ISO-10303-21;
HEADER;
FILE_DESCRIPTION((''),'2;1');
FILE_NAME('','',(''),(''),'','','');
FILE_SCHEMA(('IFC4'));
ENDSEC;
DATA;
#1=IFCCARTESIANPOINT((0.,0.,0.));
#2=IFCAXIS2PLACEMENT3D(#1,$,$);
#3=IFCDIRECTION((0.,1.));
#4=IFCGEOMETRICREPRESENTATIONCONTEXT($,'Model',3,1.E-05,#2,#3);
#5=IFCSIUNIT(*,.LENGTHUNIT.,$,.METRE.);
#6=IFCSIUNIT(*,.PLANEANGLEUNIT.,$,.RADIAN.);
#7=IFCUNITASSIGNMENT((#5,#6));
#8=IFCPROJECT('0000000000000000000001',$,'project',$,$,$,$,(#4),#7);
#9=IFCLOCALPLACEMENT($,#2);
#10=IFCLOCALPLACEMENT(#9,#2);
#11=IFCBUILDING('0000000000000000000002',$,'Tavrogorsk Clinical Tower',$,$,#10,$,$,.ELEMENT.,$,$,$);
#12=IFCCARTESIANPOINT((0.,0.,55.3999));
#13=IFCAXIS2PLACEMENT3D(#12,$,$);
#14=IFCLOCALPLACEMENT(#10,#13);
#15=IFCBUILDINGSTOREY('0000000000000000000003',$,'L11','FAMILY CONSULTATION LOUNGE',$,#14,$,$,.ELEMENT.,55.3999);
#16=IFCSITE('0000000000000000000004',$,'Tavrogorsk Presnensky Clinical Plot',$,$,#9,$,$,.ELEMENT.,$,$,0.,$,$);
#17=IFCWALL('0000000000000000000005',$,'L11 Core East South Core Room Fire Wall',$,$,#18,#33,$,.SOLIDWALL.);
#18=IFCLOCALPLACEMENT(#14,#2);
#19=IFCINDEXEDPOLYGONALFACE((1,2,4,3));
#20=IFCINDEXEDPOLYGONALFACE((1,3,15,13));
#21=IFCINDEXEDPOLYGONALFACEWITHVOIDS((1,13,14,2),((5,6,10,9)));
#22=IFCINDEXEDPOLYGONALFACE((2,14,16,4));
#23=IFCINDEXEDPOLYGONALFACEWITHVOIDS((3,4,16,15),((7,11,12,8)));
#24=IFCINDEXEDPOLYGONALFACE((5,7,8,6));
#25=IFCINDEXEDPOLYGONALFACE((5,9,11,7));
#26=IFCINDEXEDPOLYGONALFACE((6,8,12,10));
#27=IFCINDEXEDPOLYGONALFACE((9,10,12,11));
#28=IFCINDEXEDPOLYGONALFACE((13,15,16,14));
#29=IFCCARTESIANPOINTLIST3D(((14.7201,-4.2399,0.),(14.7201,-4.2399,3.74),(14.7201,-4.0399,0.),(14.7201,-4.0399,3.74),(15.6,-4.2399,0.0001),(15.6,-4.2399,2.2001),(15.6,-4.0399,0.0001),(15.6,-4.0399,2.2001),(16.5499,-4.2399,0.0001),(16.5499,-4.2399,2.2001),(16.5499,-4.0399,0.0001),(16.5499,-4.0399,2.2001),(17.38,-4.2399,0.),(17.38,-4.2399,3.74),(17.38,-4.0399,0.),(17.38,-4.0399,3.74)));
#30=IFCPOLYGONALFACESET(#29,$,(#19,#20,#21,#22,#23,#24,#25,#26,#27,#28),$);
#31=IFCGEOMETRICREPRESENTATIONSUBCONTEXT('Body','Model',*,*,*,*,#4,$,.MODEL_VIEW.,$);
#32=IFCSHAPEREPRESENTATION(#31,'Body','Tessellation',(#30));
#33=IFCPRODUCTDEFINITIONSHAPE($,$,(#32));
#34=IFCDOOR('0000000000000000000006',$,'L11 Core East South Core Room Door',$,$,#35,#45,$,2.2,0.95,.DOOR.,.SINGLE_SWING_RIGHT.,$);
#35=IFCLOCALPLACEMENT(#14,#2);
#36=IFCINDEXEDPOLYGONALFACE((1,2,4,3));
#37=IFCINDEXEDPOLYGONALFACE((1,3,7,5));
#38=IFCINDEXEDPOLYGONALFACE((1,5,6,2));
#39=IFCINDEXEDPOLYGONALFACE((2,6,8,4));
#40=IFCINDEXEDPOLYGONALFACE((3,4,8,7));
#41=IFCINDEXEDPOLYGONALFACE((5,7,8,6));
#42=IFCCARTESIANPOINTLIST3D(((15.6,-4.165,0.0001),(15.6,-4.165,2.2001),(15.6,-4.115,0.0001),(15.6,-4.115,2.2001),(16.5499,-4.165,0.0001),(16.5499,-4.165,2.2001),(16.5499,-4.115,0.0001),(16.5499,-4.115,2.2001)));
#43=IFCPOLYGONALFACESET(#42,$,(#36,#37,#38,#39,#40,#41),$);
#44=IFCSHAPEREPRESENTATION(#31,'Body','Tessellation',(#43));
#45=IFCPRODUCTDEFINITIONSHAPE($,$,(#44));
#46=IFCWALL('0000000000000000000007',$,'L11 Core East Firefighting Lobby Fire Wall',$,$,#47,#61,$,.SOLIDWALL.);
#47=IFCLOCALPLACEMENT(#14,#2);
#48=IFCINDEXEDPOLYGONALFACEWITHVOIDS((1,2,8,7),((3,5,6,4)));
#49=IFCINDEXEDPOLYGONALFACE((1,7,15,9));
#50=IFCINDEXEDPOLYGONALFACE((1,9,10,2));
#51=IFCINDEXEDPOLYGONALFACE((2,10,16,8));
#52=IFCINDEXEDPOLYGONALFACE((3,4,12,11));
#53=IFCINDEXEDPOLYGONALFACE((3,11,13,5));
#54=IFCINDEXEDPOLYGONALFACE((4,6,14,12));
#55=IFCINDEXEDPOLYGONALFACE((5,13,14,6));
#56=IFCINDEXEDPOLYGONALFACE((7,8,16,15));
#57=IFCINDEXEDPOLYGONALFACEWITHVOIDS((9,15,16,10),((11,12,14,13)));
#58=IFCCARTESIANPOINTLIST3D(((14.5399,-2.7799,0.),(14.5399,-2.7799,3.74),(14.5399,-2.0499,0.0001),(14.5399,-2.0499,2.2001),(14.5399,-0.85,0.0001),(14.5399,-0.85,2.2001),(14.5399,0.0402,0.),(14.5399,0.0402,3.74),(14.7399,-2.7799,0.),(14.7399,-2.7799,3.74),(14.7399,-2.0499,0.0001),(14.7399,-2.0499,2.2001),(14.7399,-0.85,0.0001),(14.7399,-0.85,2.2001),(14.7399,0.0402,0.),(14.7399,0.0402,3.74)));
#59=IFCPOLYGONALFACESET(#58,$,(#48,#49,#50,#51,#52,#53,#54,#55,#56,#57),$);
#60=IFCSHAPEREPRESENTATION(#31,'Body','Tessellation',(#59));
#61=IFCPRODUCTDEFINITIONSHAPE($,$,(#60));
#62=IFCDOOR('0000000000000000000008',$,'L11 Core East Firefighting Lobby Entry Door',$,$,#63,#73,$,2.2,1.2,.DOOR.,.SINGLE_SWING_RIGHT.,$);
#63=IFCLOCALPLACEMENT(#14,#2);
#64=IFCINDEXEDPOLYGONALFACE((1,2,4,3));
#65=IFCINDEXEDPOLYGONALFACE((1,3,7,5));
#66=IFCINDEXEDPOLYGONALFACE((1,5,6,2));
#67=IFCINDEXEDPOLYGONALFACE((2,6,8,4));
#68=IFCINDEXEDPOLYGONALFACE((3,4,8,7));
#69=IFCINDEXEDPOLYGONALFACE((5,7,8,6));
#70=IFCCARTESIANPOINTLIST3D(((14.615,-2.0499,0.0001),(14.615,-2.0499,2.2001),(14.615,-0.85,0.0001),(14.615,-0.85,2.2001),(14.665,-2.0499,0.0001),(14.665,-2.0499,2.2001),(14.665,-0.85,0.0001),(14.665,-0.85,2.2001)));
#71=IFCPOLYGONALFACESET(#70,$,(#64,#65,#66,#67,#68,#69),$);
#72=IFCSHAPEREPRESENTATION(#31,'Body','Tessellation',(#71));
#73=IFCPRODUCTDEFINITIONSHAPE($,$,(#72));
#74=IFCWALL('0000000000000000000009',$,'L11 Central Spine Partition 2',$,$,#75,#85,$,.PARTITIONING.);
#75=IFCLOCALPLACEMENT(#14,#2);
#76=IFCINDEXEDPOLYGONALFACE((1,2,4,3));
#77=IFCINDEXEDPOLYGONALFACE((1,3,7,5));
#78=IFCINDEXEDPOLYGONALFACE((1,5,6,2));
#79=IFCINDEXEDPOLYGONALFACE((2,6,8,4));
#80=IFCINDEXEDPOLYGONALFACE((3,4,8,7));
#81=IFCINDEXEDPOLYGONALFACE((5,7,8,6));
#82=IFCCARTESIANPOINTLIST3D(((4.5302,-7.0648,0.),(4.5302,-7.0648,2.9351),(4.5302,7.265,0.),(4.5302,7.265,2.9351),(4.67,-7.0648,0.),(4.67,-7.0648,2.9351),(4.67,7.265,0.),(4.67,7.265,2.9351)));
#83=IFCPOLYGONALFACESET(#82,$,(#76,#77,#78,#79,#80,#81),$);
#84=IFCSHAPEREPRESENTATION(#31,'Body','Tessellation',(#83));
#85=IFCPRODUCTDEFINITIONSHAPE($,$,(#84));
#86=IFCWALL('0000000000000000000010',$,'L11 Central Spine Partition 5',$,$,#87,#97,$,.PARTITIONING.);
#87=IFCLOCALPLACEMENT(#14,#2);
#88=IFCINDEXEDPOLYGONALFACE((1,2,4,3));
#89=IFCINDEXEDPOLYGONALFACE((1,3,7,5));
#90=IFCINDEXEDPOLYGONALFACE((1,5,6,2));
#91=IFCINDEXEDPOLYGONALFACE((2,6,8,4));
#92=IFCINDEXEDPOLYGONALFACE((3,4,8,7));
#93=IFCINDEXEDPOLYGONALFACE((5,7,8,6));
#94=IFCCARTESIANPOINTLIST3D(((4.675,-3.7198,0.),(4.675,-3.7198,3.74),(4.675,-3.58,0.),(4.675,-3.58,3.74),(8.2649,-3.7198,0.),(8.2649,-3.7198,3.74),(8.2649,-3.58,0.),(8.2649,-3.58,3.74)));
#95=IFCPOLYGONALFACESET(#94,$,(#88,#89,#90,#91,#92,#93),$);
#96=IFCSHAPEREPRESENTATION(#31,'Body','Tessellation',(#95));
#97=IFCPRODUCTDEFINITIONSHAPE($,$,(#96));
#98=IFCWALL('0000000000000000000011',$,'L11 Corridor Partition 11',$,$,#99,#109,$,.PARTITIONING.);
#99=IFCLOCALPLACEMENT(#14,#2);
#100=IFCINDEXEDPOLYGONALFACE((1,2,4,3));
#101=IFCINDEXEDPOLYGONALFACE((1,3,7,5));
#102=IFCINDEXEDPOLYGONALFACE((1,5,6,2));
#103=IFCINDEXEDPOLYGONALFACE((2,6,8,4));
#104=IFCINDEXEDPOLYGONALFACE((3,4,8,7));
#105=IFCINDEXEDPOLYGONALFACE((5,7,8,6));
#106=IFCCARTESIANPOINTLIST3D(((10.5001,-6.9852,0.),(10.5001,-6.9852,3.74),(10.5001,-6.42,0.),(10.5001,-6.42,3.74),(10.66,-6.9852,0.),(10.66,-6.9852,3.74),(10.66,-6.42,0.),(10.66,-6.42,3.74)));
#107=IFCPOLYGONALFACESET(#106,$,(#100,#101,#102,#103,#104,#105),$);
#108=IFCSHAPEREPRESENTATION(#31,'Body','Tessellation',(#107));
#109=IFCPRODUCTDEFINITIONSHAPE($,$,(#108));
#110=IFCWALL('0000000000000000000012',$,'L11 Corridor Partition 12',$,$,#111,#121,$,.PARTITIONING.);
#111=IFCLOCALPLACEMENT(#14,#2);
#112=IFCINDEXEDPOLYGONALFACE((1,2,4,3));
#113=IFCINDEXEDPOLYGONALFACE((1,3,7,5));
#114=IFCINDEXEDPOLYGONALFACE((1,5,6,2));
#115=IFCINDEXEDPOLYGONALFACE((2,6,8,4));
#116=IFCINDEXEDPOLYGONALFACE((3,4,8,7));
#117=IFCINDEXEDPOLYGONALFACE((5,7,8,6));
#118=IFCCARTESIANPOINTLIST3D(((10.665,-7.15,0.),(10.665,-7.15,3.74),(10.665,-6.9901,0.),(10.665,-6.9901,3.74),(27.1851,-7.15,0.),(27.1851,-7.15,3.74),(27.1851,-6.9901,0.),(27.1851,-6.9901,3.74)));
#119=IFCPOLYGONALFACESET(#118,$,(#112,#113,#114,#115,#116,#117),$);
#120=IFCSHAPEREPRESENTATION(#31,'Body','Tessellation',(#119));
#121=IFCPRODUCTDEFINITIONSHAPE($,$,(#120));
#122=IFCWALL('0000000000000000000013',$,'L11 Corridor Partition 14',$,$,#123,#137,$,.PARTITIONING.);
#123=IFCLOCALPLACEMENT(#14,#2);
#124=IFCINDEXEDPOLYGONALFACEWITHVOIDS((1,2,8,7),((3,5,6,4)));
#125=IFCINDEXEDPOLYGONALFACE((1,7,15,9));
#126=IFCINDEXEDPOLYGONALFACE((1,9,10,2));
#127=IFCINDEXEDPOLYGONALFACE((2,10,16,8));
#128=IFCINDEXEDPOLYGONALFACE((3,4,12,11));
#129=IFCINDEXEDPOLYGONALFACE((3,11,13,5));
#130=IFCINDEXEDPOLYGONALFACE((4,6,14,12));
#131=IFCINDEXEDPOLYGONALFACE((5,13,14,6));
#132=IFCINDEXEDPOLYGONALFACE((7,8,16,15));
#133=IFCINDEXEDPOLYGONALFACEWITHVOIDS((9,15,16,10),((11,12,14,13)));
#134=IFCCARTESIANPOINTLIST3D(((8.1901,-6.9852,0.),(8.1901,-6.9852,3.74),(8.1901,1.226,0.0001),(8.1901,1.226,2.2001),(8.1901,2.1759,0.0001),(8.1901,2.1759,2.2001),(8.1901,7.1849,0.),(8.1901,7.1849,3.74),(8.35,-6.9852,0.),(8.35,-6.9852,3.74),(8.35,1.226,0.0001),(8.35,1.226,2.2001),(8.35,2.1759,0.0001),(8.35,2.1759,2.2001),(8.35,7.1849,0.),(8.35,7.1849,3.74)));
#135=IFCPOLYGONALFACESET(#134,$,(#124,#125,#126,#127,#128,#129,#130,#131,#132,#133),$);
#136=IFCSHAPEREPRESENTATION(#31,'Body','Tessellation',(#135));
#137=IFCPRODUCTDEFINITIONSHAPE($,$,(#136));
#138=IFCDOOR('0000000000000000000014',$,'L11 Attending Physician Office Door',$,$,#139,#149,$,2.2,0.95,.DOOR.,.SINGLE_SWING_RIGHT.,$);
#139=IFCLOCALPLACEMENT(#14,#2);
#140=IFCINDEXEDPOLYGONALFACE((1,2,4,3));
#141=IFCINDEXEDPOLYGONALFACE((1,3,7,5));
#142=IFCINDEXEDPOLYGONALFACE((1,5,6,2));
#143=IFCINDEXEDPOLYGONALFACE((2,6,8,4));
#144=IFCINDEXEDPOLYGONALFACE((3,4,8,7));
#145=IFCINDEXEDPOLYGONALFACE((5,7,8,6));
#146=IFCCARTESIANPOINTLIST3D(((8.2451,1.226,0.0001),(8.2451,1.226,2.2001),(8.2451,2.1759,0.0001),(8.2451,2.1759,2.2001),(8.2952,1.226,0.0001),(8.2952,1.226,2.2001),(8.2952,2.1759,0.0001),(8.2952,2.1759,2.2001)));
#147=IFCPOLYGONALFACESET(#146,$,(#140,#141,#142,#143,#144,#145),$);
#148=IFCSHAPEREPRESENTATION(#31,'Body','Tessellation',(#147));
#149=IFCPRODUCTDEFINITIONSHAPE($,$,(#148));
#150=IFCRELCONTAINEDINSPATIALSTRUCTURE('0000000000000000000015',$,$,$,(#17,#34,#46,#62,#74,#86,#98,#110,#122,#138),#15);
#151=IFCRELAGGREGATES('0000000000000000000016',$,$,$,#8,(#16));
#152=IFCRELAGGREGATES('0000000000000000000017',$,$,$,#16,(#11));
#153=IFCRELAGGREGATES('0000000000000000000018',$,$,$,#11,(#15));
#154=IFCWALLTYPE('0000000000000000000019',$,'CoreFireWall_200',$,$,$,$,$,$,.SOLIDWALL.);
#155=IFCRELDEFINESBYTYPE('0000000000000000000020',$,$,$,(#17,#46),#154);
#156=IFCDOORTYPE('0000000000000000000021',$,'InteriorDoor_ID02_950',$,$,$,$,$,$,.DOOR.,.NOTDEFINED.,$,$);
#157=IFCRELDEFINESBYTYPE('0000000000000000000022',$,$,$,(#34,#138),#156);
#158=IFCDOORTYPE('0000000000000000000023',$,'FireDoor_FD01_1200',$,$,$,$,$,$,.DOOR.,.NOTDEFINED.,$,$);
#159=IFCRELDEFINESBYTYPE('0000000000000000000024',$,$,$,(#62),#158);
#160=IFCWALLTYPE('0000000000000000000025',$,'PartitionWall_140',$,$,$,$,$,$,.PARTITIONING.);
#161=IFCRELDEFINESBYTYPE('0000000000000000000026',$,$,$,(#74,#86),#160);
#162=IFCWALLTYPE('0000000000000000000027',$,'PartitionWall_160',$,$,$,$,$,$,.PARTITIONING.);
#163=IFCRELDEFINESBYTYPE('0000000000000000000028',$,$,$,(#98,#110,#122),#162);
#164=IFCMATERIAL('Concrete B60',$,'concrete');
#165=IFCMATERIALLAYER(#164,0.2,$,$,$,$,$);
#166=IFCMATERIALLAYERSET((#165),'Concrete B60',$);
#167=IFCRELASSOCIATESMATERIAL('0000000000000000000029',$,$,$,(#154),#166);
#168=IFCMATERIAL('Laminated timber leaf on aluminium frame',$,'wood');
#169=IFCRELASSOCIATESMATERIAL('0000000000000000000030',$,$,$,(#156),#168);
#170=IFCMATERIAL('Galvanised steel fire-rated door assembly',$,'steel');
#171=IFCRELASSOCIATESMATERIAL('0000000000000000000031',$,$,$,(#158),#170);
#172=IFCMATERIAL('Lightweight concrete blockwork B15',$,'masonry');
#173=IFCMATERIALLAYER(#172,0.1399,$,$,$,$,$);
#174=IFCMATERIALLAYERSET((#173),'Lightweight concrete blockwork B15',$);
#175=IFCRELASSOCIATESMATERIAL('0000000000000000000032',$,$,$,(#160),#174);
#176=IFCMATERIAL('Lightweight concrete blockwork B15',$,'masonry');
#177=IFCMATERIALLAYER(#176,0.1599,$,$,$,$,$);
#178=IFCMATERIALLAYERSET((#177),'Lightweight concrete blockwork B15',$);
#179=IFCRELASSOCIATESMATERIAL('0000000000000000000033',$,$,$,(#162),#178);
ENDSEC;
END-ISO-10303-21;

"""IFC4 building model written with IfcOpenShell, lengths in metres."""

from ifc_helpers import new_model, si_unit, direction, frame, frame_2d, origin, place, context, subcontext, project, spatial, rectangle, extrude, material, layer, layer_set, type_object, element, fill, save


model = new_model("IFC4")

# Units and contexts
model_context = context("Model", 3, precision=1e-05, world=origin(), true_north=direction((0.0, 1.0)))
body_context = subcontext(model_context, "Body", "Model", "MODEL_VIEW")
ifc_project = project(units=[si_unit("LENGTHUNIT", "METRE"), si_unit("PLANEANGLEUNIT", "RADIAN")], contexts=[model_context])

# Site, building, storey
site_placement = place(None, origin())
site = spatial("IfcSite", under=ifc_project, at=site_placement, Name="Tavrogorsk Presnensky Clinical Plot", CompositionType="ELEMENT", RefElevation=0.0)
building_placement = place(site_placement, origin())
building = spatial("IfcBuilding", under=site, at=building_placement, Name="Tavrogorsk Clinical Tower", CompositionType="ELEMENT")
storey_placement = place(building_placement, frame((0.0, 0.0, 55.3999)))
storey = spatial("IfcBuildingStorey", under=building, at=storey_placement, Name="L11", Description="FAMILY CONSULTATION LOUNGE", CompositionType="ELEMENT", Elevation=55.3999)

# Walls, openings, doors
ifc_material_1 = material(Name="Concrete B60", Category="concrete")
ifc_layer_1 = layer(ifc_material_1, 0.2)
ifc_layer_set_1 = layer_set([ifc_layer_1], Name="Concrete B60")
wall_type_1 = type_object("IfcWallType", Name="CoreFireWall_200", PredefinedType="SOLIDWALL", material=ifc_layer_set_1)
wall_1_placement = place(storey_placement, frame((14.72, -4.1399, 0.0), z_axis=(0.0, 0.0, 1.0), x_axis=(1.0, 0.0, 0.0)))
wall_1 = element("IfcWall", 1, at=wall_1_placement, inside=storey, type_object=wall_type_1, Name="L11 Core East South Core Room Fire Wall", PredefinedType="SOLIDWALL", context=body_context, shape_type="SweptSolid", body=[
    extrude(rectangle(XDim=2.6599, YDim=0.2, at=frame_2d((1.3301, 0.0))), origin(), (0.0, 0.0, 1.0), 3.74),
])
opening_1_placement = place(wall_1_placement, frame((0.8799, 0.0, 0.0)))
opening_1 = element("IfcOpeningElement", 2, at=opening_1_placement, cuts=wall_1, PredefinedType="OPENING", context=body_context, shape_type="SweptSolid", body=[
    extrude(rectangle(XDim=0.95, YDim=2.2, at=frame_2d((0.4751, 1.1001))), frame((0.0, 0.1099, 0.0), z_axis=(0.0, -1.0, 0.0), x_axis=(1.0, 0.0, 0.0)), (0.0, 0.0, 1.0), 0.22),
])
ifc_material_2 = material(Name="Laminated timber leaf on aluminium frame", Category="wood")
door_type_1 = type_object("IfcDoorType", Name="InteriorDoor_ID02_950", OperationType="NOTDEFINED", PredefinedType="DOOR", material=ifc_material_2)
door_1_placement = place(opening_1_placement, origin())
door_1 = element("IfcDoor", 3, at=door_1_placement, inside=storey, type_object=door_type_1, Name="L11 Core East South Core Room Door", OperationType="SINGLE_SWING_RIGHT", OverallHeight=2.2, OverallWidth=0.95, PredefinedType="DOOR", context=body_context, shape_type="SweptSolid", body=[
    extrude(rectangle(XDim=0.95, YDim=2.2, at=frame_2d((0.4751, 1.1001))), frame((0.0, 0.0249, 0.0), z_axis=(0.0, -1.0, 0.0), x_axis=(1.0, 0.0, 0.0)), (0.0, 0.0, 1.0), 0.05),
])
fill(opening_1, door_1)
wall_2_placement = place(storey_placement, frame((14.6399, -2.78, 0.0), z_axis=(0.0, 0.0, 1.0), x_axis=(0.0, 1.0, 0.0)))
wall_2 = element("IfcWall", 4, at=wall_2_placement, inside=storey, type_object=wall_type_1, Name="L11 Core East Firefighting Lobby Fire Wall", PredefinedType="SOLIDWALL", context=body_context, shape_type="SweptSolid", body=[
    extrude(rectangle(XDim=2.8201, YDim=0.2, at=frame_2d((1.4102, 0.0))), origin(), (0.0, 0.0, 1.0), 3.74),
])
opening_2_placement = place(wall_2_placement, frame((0.73, 0.0, 0.0)))
opening_2 = element("IfcOpeningElement", 5, at=opening_2_placement, cuts=wall_2, PredefinedType="OPENING", context=body_context, shape_type="SweptSolid", body=[
    extrude(rectangle(XDim=1.2, YDim=2.2, at=frame_2d((0.6001, 1.1001))), frame((0.0, 0.1099, 0.0), z_axis=(0.0, -1.0, 0.0), x_axis=(1.0, 0.0, 0.0)), (0.0, 0.0, 1.0), 0.22),
])
ifc_material_3 = material(Name="Galvanised steel fire-rated door assembly", Category="steel")
door_type_2 = type_object("IfcDoorType", Name="FireDoor_FD01_1200", OperationType="NOTDEFINED", PredefinedType="DOOR", material=ifc_material_3)
door_2_placement = place(opening_2_placement, origin())
door_2 = element("IfcDoor", 6, at=door_2_placement, inside=storey, type_object=door_type_2, Name="L11 Core East Firefighting Lobby Entry Door", OperationType="SINGLE_SWING_RIGHT", OverallHeight=2.2, OverallWidth=1.2, PredefinedType="DOOR", context=body_context, shape_type="SweptSolid", body=[
    extrude(rectangle(XDim=1.2, YDim=2.2, at=frame_2d((0.6001, 1.1001))), frame((0.0, 0.0249, 0.0), z_axis=(0.0, -1.0, 0.0), x_axis=(1.0, 0.0, 0.0)), (0.0, 0.0, 1.0), 0.05),
])
fill(opening_2, door_2)

# Walls
ifc_material_4 = material(Name="Lightweight concrete blockwork B15", Category="masonry")
ifc_layer_2 = layer(ifc_material_4, 0.1399)
ifc_layer_set_2 = layer_set([ifc_layer_2], Name="Lightweight concrete blockwork B15")
wall_type_2 = type_object("IfcWallType", Name="PartitionWall_140", PredefinedType="PARTITIONING", material=ifc_layer_set_2)
wall_3_placement = place(storey_placement, frame((4.6001, -7.0649, 0.0), z_axis=(0.0, 0.0, 1.0), x_axis=(0.0, 1.0, 0.0)))
element("IfcWall", 7, at=wall_3_placement, inside=storey, type_object=wall_type_2, Name="L11 Central Spine Partition 2", PredefinedType="PARTITIONING", context=body_context, shape_type="SweptSolid", body=[
    extrude(rectangle(XDim=14.3298, YDim=0.1399, at=frame_2d((7.165, 0.0))), origin(), (0.0, 0.0, 1.0), 2.9351),
])
wall_4_placement = place(storey_placement, frame((4.675, -3.6499, 0.0), z_axis=(0.0, 0.0, 1.0), x_axis=(1.0, 0.0, 0.0)))
element("IfcWall", 8, at=wall_4_placement, inside=storey, type_object=wall_type_2, Name="L11 Central Spine Partition 5", PredefinedType="PARTITIONING", context=body_context, shape_type="SweptSolid", body=[
    extrude(rectangle(XDim=3.5898, YDim=0.1399, at=frame_2d((1.7949, 0.0))), origin(), (0.0, 0.0, 1.0), 3.74),
])
ifc_material_5 = material(Name="Lightweight concrete blockwork B15", Category="masonry")
ifc_layer_3 = layer(ifc_material_5, 0.1599)
ifc_layer_set_3 = layer_set([ifc_layer_3], Name="Lightweight concrete blockwork B15")
wall_type_3 = type_object("IfcWallType", Name="PartitionWall_160", PredefinedType="PARTITIONING", material=ifc_layer_set_3)
wall_5_placement = place(storey_placement, frame((10.5801, -6.4199, 0.0), z_axis=(0.0, 0.0, 1.0), x_axis=(0.0, -1.0, 0.0)))
element("IfcWall", 9, at=wall_5_placement, inside=storey, type_object=wall_type_3, Name="L11 Corridor Partition 11", PredefinedType="PARTITIONING", context=body_context, shape_type="SweptSolid", body=[
    extrude(rectangle(XDim=0.5652, YDim=0.1599, at=frame_2d((0.2827, 0.0))), origin(), (0.0, 0.0, 1.0), 3.74),
])
wall_6_placement = place(storey_placement, frame((10.665, -7.0701, 0.0), z_axis=(0.0, 0.0, 1.0), x_axis=(1.0, 0.0, 0.0)))
element("IfcWall", 10, at=wall_6_placement, inside=storey, type_object=wall_type_3, Name="L11 Corridor Partition 12", PredefinedType="PARTITIONING", context=body_context, shape_type="SweptSolid", body=[
    extrude(rectangle(XDim=16.52, YDim=0.1599, at=frame_2d((8.26, 0.0))), origin(), (0.0, 0.0, 1.0), 3.74),
])

# Wall, opening, door
wall_7_placement = place(storey_placement, frame((8.27, -6.9851, 0.0), z_axis=(0.0, 0.0, 1.0), x_axis=(0.0, 1.0, 0.0)))
wall_7 = element("IfcWall", 11, at=wall_7_placement, inside=storey, type_object=wall_type_3, Name="L11 Corridor Partition 14", PredefinedType="PARTITIONING", context=body_context, shape_type="SweptSolid", body=[
    extrude(rectangle(XDim=14.1702, YDim=0.1599, at=frame_2d((7.085, 0.0))), origin(), (0.0, 0.0, 1.0), 3.74),
])
opening_3_placement = place(wall_7_placement, frame((8.2109, 0.0, 0.0)))
opening_3 = element("IfcOpeningElement", 12, at=opening_3_placement, cuts=wall_7, PredefinedType="OPENING", context=body_context, shape_type="SweptSolid", body=[
    extrude(rectangle(XDim=0.95, YDim=2.2, at=frame_2d((0.4751, 1.1001))), frame((0.0, 0.0898, 0.0), z_axis=(0.0, -1.0, 0.0), x_axis=(1.0, 0.0, 0.0)), (0.0, 0.0, 1.0), 0.1799),
])
door_3_placement = place(opening_3_placement, origin())
door_3 = element("IfcDoor", 13, at=door_3_placement, inside=storey, type_object=door_type_1, Name="L11 Attending Physician Office Door", OperationType="SINGLE_SWING_RIGHT", OverallHeight=2.2, OverallWidth=0.95, PredefinedType="DOOR", context=body_context, shape_type="SweptSolid", body=[
    extrude(rectangle(XDim=0.95, YDim=2.2, at=frame_2d((0.4751, 1.1001))), frame((0.0, 0.0249, 0.0), z_axis=(0.0, -1.0, 0.0), x_axis=(1.0, 0.0, 0.0)), (0.0, 0.0, 1.0), 0.05),
])
fill(opening_3, door_3)

save(model, "model.ifc")
